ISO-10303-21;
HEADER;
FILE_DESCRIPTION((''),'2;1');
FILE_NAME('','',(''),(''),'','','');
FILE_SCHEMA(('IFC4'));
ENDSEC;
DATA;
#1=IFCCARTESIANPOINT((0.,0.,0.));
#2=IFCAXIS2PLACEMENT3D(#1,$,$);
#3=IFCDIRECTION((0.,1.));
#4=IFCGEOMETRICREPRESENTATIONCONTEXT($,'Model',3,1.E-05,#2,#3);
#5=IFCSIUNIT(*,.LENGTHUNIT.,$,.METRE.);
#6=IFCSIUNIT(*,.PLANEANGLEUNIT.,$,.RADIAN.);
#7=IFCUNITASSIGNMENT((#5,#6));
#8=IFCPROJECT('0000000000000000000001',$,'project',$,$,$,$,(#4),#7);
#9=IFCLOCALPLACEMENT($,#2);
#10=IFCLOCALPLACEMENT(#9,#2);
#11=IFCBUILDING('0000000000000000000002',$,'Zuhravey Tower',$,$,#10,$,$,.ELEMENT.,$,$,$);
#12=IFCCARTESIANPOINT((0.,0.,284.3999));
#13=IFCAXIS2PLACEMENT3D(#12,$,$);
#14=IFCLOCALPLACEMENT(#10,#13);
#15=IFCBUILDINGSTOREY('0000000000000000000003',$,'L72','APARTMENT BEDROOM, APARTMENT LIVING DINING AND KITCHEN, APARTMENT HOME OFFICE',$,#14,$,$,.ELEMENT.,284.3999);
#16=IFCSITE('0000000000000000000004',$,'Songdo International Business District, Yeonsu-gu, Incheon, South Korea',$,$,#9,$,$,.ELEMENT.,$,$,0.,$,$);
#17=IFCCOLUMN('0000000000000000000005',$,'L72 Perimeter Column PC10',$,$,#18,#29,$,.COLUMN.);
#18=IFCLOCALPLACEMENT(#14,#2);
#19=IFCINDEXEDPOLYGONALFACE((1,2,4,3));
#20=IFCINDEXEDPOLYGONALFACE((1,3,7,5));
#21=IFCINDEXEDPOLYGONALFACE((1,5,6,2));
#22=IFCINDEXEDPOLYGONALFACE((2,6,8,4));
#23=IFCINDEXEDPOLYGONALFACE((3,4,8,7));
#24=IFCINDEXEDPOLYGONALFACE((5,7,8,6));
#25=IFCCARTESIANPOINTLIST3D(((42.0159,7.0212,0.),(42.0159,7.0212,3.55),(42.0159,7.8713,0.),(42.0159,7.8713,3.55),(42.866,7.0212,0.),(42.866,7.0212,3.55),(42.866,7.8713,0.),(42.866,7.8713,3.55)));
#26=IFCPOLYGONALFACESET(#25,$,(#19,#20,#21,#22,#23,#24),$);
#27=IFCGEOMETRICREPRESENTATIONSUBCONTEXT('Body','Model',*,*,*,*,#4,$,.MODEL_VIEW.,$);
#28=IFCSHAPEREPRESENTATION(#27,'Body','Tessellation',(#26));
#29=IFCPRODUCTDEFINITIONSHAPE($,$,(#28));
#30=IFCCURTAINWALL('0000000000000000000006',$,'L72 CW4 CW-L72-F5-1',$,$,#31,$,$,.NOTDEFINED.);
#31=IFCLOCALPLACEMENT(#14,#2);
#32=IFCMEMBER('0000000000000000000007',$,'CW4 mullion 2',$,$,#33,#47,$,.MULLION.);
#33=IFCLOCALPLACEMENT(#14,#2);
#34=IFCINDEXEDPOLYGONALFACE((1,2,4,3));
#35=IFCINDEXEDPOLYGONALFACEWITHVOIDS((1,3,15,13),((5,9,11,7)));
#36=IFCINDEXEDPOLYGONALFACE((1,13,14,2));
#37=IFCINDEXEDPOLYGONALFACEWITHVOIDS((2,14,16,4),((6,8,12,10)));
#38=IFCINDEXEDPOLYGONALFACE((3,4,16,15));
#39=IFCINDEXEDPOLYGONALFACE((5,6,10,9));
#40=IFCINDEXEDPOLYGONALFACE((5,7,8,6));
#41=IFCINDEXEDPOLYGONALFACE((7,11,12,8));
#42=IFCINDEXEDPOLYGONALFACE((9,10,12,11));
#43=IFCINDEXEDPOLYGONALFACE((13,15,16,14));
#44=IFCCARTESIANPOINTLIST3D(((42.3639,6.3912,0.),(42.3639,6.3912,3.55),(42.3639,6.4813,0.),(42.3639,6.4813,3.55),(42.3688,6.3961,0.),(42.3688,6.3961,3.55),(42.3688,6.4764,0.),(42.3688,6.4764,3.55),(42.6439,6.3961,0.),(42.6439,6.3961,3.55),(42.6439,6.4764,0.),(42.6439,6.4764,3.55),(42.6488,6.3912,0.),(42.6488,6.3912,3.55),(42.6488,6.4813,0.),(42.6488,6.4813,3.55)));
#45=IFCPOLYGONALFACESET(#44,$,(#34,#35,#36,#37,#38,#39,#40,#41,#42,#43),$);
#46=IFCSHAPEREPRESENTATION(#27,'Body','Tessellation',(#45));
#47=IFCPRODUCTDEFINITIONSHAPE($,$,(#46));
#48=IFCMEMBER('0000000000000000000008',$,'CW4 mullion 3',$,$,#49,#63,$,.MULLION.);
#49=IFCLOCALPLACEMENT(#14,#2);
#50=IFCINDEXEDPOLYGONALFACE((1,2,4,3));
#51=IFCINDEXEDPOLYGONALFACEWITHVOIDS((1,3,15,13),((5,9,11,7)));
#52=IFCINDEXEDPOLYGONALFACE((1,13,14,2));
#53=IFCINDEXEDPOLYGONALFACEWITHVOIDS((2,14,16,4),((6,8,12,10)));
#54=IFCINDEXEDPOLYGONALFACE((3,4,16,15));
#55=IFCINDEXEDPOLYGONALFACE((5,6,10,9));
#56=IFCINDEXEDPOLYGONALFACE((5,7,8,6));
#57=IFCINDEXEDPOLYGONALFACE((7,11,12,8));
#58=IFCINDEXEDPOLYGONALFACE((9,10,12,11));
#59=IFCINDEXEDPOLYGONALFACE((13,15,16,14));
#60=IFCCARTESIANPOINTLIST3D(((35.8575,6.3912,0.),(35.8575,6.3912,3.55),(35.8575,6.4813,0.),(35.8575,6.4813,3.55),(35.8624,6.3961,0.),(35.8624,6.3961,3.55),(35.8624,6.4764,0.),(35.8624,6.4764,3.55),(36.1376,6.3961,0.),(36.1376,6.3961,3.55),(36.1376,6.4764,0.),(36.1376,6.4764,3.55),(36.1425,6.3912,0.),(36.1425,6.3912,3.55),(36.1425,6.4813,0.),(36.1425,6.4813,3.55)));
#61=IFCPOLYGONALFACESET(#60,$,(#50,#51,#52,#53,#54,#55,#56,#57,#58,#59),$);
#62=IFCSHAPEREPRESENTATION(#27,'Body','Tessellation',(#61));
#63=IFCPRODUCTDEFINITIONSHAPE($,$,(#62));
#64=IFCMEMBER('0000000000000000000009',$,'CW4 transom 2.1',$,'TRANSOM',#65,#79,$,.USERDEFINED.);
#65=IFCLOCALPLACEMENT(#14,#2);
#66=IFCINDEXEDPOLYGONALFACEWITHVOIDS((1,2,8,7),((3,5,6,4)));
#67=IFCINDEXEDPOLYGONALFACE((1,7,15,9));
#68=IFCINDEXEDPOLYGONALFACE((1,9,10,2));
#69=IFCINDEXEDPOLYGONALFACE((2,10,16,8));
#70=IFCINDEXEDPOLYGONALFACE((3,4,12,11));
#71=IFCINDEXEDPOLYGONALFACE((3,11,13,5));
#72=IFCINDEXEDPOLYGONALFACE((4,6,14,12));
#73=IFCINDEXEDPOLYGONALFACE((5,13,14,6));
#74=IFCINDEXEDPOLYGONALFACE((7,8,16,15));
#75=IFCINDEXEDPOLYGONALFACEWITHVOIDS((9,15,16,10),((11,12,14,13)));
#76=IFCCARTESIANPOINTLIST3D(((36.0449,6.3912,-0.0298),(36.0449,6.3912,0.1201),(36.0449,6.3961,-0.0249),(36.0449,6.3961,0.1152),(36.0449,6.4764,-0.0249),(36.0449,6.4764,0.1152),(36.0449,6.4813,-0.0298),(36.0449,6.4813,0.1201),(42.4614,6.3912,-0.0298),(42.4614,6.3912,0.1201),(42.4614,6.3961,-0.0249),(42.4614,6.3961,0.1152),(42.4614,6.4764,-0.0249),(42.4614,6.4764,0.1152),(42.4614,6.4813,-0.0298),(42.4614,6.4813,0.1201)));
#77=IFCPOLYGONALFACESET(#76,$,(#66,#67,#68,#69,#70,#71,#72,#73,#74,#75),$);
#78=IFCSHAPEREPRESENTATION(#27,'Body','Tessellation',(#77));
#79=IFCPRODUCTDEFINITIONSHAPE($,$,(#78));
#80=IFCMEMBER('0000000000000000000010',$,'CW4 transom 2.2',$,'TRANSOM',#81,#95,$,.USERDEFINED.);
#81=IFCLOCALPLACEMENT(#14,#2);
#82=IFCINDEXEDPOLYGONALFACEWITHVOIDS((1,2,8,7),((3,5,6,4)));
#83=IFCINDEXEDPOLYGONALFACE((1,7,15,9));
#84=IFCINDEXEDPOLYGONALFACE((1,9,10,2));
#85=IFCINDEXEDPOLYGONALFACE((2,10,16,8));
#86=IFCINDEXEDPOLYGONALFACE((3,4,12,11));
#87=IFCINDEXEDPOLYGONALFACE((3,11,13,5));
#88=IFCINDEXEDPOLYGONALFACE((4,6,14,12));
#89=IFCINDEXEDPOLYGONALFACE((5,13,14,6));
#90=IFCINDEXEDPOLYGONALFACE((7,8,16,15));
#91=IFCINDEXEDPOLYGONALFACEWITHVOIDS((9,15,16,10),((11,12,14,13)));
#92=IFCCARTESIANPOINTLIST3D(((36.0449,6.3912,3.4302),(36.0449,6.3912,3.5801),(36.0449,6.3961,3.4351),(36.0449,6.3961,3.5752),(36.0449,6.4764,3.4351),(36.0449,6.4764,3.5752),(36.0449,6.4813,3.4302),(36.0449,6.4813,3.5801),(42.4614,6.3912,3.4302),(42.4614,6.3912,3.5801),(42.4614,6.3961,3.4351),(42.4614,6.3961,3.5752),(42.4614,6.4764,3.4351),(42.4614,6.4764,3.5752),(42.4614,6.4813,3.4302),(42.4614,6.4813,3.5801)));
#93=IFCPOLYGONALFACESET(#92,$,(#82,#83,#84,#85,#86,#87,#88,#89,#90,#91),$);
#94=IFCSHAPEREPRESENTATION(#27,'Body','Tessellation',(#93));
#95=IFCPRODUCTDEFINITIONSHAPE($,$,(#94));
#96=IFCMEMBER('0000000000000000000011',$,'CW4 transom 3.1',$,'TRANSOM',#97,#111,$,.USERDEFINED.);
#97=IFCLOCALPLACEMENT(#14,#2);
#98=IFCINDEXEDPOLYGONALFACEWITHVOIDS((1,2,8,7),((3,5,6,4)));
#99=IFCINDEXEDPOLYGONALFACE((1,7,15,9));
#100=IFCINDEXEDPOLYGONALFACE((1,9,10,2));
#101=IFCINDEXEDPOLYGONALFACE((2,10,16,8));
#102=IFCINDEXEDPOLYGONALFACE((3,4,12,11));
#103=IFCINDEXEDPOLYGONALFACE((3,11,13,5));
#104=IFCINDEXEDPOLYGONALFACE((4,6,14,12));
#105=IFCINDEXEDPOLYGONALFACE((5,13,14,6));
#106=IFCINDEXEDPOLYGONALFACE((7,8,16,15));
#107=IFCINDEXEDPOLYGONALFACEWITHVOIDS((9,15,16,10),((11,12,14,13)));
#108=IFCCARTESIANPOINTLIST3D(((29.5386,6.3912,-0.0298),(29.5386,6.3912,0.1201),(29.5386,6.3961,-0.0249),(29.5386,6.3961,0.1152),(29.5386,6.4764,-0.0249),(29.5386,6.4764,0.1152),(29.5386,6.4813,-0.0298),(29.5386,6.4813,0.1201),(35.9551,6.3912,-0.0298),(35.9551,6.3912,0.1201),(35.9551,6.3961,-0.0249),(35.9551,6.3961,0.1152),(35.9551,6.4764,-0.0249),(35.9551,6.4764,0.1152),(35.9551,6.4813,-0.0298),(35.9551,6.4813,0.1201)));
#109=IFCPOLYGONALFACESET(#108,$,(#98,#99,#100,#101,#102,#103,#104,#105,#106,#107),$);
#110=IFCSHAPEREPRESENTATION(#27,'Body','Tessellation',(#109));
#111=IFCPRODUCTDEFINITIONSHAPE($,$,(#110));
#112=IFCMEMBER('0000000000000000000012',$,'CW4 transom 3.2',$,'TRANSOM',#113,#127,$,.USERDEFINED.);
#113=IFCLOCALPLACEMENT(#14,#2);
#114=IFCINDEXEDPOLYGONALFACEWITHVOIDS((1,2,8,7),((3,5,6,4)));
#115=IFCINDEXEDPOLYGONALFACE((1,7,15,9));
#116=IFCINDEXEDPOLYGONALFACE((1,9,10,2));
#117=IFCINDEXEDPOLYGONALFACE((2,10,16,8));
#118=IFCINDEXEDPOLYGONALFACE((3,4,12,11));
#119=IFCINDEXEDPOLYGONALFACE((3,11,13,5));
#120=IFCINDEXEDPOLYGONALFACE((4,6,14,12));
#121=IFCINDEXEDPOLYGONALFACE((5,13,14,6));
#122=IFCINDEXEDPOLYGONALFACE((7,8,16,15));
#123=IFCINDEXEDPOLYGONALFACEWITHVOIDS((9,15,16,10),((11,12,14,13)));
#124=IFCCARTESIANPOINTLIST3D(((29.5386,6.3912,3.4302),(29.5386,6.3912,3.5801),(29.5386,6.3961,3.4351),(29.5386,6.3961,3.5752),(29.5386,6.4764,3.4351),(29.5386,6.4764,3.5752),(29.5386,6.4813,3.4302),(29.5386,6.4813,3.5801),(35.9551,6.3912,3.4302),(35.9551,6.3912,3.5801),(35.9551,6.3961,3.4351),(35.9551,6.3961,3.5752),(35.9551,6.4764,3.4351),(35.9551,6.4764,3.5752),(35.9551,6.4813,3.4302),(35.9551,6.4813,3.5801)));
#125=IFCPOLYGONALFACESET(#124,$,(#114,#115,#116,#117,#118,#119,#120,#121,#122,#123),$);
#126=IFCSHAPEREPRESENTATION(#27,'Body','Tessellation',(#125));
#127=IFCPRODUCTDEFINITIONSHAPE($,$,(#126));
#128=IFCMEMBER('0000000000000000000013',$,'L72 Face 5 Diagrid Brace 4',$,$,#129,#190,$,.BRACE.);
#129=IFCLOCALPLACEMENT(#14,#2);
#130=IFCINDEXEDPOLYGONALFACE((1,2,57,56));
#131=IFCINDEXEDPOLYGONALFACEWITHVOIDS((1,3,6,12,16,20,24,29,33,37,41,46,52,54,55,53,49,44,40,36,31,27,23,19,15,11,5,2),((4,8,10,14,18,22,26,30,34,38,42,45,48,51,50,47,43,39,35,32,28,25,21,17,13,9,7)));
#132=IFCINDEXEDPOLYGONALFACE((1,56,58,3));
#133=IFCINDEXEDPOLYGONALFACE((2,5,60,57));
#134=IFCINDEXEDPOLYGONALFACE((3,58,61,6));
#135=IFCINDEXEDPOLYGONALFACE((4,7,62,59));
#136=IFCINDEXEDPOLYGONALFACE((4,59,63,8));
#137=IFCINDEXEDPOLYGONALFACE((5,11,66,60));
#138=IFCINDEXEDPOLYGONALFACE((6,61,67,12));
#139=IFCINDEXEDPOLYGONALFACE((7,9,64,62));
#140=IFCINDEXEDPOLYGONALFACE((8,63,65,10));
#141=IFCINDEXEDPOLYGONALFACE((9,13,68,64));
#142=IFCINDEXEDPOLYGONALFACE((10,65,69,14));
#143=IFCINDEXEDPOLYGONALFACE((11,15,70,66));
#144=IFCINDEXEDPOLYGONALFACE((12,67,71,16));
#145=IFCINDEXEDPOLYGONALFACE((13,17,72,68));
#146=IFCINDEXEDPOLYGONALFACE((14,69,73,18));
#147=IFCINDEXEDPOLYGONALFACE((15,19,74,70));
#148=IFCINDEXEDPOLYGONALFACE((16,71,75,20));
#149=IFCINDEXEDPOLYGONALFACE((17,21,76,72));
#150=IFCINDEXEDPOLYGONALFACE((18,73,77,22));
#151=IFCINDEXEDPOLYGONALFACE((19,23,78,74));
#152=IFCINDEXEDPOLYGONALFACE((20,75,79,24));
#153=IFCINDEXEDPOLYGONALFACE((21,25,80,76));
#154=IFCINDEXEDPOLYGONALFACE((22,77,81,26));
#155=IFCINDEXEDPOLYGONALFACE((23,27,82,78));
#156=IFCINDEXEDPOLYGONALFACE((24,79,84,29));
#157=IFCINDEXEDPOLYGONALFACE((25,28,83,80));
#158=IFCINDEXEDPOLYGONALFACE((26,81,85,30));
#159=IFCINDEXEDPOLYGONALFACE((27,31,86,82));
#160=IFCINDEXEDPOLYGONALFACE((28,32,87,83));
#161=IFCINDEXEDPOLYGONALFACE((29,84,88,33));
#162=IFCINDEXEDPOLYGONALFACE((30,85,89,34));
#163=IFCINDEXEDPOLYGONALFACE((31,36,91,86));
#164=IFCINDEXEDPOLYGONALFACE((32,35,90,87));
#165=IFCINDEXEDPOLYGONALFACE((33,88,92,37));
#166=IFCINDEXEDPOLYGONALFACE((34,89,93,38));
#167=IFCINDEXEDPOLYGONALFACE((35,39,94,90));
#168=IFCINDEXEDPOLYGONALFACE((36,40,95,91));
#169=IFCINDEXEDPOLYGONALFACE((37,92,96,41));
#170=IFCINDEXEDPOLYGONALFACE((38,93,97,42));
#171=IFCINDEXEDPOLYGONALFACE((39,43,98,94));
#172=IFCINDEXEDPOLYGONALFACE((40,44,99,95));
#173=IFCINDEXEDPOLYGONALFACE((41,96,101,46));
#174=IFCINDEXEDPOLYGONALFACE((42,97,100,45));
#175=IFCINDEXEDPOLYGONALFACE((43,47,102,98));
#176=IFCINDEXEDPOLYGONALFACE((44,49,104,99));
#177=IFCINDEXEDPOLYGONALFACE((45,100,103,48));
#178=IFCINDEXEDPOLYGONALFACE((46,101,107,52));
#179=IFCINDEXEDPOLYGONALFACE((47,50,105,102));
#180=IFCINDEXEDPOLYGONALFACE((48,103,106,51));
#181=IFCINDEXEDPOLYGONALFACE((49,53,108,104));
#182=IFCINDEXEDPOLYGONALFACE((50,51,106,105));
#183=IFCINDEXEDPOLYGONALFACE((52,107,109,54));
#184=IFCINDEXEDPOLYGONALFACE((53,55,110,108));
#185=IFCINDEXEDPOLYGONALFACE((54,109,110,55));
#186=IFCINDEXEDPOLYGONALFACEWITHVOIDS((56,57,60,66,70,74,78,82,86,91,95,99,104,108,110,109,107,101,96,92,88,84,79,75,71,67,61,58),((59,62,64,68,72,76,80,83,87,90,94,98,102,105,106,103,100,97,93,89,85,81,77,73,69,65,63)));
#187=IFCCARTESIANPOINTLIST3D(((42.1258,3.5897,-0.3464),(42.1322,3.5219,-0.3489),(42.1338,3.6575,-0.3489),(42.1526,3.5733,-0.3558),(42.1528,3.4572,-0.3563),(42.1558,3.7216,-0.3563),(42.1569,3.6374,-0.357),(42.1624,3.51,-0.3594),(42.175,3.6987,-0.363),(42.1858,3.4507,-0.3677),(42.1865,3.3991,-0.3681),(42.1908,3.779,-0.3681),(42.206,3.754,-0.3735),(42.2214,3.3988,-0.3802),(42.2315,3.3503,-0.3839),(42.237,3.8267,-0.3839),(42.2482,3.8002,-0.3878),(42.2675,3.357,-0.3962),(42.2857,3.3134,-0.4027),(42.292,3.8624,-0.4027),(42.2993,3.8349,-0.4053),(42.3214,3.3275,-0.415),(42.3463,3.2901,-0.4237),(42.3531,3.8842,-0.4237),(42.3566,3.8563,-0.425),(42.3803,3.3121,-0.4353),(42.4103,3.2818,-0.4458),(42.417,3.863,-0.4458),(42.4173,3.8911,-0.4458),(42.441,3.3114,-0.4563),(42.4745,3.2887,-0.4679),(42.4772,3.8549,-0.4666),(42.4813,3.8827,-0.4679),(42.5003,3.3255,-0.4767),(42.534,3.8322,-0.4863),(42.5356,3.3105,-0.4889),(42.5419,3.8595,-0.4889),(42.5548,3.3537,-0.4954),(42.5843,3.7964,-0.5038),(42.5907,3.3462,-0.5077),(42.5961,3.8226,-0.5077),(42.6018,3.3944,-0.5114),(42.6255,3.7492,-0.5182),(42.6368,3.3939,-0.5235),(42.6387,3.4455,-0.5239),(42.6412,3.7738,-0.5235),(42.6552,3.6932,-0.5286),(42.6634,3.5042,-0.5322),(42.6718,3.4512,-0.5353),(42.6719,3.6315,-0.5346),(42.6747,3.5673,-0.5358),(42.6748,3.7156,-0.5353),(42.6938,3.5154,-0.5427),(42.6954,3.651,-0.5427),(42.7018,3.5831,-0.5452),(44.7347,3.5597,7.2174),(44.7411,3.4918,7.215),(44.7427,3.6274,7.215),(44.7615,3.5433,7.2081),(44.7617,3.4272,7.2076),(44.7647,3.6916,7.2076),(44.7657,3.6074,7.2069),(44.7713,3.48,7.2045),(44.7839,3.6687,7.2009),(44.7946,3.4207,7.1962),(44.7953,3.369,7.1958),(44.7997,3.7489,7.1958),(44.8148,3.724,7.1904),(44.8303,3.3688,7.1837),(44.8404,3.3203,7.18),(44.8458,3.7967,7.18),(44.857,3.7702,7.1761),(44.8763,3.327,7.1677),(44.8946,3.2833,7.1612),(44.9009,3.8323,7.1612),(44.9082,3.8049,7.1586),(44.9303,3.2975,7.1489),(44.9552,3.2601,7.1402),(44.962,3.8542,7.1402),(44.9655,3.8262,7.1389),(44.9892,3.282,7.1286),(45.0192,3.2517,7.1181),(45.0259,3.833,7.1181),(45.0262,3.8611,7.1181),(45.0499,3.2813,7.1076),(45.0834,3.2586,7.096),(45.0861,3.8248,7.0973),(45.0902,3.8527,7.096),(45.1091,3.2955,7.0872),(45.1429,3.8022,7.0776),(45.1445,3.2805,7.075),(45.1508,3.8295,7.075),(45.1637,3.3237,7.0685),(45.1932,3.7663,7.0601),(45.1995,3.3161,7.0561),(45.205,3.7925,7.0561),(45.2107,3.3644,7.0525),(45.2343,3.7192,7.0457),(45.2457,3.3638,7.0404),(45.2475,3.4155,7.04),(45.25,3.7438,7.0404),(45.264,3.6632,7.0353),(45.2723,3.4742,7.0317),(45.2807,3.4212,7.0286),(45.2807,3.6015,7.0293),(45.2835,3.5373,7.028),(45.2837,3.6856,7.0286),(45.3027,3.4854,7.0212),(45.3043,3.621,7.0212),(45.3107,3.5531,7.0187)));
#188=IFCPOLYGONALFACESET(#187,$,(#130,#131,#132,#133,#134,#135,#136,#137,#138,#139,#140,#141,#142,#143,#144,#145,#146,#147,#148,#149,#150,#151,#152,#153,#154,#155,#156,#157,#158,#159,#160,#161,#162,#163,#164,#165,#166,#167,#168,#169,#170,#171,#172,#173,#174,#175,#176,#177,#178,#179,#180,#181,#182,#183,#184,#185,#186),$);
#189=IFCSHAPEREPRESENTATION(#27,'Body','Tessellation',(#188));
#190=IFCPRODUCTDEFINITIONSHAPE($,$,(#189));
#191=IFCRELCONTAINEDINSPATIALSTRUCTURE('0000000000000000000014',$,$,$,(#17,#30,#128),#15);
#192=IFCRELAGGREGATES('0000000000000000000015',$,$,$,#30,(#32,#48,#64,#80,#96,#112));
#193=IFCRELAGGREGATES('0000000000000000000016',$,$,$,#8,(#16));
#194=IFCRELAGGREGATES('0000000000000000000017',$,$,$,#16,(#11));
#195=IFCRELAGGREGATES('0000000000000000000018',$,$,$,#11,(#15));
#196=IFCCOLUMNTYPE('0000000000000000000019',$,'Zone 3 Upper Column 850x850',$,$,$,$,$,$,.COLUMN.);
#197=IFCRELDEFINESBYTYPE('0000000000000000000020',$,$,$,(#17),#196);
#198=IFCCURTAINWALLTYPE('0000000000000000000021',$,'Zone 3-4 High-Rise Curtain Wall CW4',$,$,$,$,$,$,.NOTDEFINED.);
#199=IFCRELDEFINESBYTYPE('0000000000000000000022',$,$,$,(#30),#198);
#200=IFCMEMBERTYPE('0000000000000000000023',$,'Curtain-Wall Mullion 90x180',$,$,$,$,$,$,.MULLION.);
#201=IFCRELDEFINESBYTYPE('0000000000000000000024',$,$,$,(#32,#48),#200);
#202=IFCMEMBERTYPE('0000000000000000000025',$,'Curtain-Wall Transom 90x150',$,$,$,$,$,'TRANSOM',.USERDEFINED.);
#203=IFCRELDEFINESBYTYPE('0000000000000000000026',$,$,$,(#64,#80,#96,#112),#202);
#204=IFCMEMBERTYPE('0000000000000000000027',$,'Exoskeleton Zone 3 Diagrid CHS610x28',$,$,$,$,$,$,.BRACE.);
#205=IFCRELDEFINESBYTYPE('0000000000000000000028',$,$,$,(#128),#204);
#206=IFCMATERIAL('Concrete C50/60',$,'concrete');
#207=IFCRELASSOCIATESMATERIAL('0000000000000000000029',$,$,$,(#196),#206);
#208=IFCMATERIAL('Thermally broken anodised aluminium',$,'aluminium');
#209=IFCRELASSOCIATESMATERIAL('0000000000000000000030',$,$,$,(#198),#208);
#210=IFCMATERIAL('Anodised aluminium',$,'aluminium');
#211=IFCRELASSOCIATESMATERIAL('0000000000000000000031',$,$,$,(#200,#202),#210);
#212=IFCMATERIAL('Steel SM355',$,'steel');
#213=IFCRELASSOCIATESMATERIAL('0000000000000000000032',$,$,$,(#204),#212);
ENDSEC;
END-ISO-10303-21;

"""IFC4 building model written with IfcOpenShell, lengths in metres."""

from ifc_helpers import new_model, si_unit, direction, frame, origin, origin_2d, place, context, subcontext, project, spatial, rectangle, hollow_rectangle, hollow_circle, extrude, material, material_profile, profile_set, type_object, element, aggregate, save


model = new_model("IFC4")

# Units and contexts
model_context = context("Model", 3, precision=1e-05, world=origin(), true_north=direction((0.0, 1.0)))
body_context = subcontext(model_context, "Body", "Model", "MODEL_VIEW")
ifc_project = project(units=[si_unit("LENGTHUNIT", "METRE"), si_unit("PLANEANGLEUNIT", "RADIAN")], contexts=[model_context])

# Site, building, storey
site_placement = place(None, origin())
site = spatial("IfcSite", under=ifc_project, at=site_placement, Name="Songdo International Business District, Yeonsu-gu, Incheon, South Korea", CompositionType="ELEMENT", RefElevation=0.0)
building_placement = place(site_placement, origin())
building = spatial("IfcBuilding", under=site, at=building_placement, Name="Zuhravey Tower", CompositionType="ELEMENT")
storey_placement = place(building_placement, frame((0.0, 0.0, 284.3999)))
storey = spatial("IfcBuildingStorey", under=building, at=storey_placement, Name="L72", Description="APARTMENT BEDROOM, APARTMENT LIVING DINING AND KITCHEN, APARTMENT HOME OFFICE", CompositionType="ELEMENT", Elevation=284.3999)

# Column
ifc_material_1 = material(Name="Concrete C50/60", Category="concrete")
ifc_material_profile_1 = material_profile(ifc_material_1, rectangle(XDim=0.8501, YDim=0.8501, at=origin_2d()), Name="RC-850x850")
ifc_profile_set_1 = profile_set([ifc_material_profile_1], Name="Concrete C50/60")
column_type = type_object("IfcColumnType", Name="Zone 3 Upper Column 850x850", PredefinedType="COLUMN", material=ifc_profile_set_1)
column_placement = place(storey_placement, frame((42.4409, 7.4463, 0.0), z_axis=(0.0, 0.0, 1.0), x_axis=(1.0, 0.0, 0.0)))
element("IfcColumn", 1, at=column_placement, inside=storey, type_object=column_type, Name="L72 Perimeter Column PC10", PredefinedType="COLUMN", context=body_context, shape_type="SweptSolid", body=[
    extrude(rectangle(XDim=0.8501, YDim=0.8501, at=origin_2d()), origin(), (0.0, 0.0, 1.0), 3.55),
])

# Curtain wall, members
ifc_material_2 = material(Name="Thermally broken anodised aluminium", Category="aluminium")
curtain_wall_type = type_object("IfcCurtainWallType", Name="Zone 3-4 High-Rise Curtain Wall CW4", PredefinedType="NOTDEFINED", material=ifc_material_2)
curtain_wall_placement = place(storey_placement, origin())
curtain_wall = element("IfcCurtainWall", 2, at=curtain_wall_placement, inside=storey, type_object=curtain_wall_type, Name="L72 CW4 CW-L72-F5-1", PredefinedType="NOTDEFINED")
ifc_material_3 = material(Name="Anodised aluminium", Category="aluminium")
ifc_material_profile_2 = material_profile(ifc_material_3, hollow_rectangle(XDim=0.0901, YDim=0.2849, WallThickness=0.0049, at=origin_2d()), Name="ALU-RHS-90x285x5")
ifc_profile_set_2 = profile_set([ifc_material_profile_2], Name="Anodised aluminium")
member_type_1 = type_object("IfcMemberType", Name="Curtain-Wall Mullion 90x180", PredefinedType="MULLION", material=ifc_profile_set_2)
member_1_placement = place(storey_placement, frame((42.5063, 6.4363, 0.0), z_axis=(0.0, 0.0, 1.0), x_axis=(0.0, -1.0, 0.0)))
member_1 = element("IfcMember", 3, at=member_1_placement, type_object=member_type_1, Name="CW4 mullion 2", PredefinedType="MULLION", context=body_context, shape_type="SweptSolid", body=[
    extrude(hollow_rectangle(XDim=0.0901, YDim=0.2849, WallThickness=0.0049, at=origin_2d()), origin(), (0.0, 0.0, 1.0), 3.55),
])
member_2_placement = place(storey_placement, frame((36.0, 6.4363, 0.0), z_axis=(0.0, 0.0, 1.0), x_axis=(0.0, -1.0, 0.0)))
member_2 = element("IfcMember", 4, at=member_2_placement, type_object=member_type_1, Name="CW4 mullion 3", PredefinedType="MULLION", context=body_context, shape_type="SweptSolid", body=[
    extrude(hollow_rectangle(XDim=0.0901, YDim=0.2849, WallThickness=0.0049, at=origin_2d()), origin(), (0.0, 0.0, 1.0), 3.55),
])
ifc_material_profile_3 = material_profile(ifc_material_3, hollow_rectangle(XDim=0.0901, YDim=0.1499, WallThickness=0.0049, at=origin_2d()), Name="ALU-RHS-90x150x5")
ifc_profile_set_3 = profile_set([ifc_material_profile_3], Name="Anodised aluminium")
member_type_2 = type_object("IfcMemberType", Name="Curtain-Wall Transom 90x150", ElementType="TRANSOM", PredefinedType="USERDEFINED", material=ifc_profile_set_3)
member_3_placement = place(storey_placement, frame((42.4614, 6.4363, 0.0452), z_axis=(-1.0, 0.0, 0.0), x_axis=(0.0, -1.0, 0.0)))
member_3 = element("IfcMember", 5, at=member_3_placement, type_object=member_type_2, Name="CW4 transom 2.1", ObjectType="TRANSOM", PredefinedType="USERDEFINED", context=body_context, shape_type="SweptSolid", body=[
    extrude(hollow_rectangle(XDim=0.0901, YDim=0.1499, WallThickness=0.0049, at=origin_2d()), origin(), (0.0, 0.0, 1.0), 6.4165),
])
member_4_placement = place(storey_placement, frame((42.4614, 6.4363, 3.5051), z_axis=(-1.0, 0.0, 0.0), x_axis=(0.0, -1.0, 0.0)))
member_4 = element("IfcMember", 6, at=member_4_placement, type_object=member_type_2, Name="CW4 transom 2.2", ObjectType="TRANSOM", PredefinedType="USERDEFINED", context=body_context, shape_type="SweptSolid", body=[
    extrude(hollow_rectangle(XDim=0.0901, YDim=0.1499, WallThickness=0.0049, at=origin_2d()), origin(), (0.0, 0.0, 1.0), 6.4165),
])
member_5_placement = place(storey_placement, frame((35.9551, 6.4363, 0.0452), z_axis=(-1.0, 0.0, 0.0), x_axis=(0.0, -1.0, 0.0)))
member_5 = element("IfcMember", 7, at=member_5_placement, type_object=member_type_2, Name="CW4 transom 3.1", ObjectType="TRANSOM", PredefinedType="USERDEFINED", context=body_context, shape_type="SweptSolid", body=[
    extrude(hollow_rectangle(XDim=0.0901, YDim=0.1499, WallThickness=0.0049, at=origin_2d()), origin(), (0.0, 0.0, 1.0), 6.4165),
])
member_6_placement = place(storey_placement, frame((35.9551, 6.4363, 3.5051), z_axis=(-1.0, 0.0, 0.0), x_axis=(0.0, -1.0, 0.0)))
member_6 = element("IfcMember", 8, at=member_6_placement, type_object=member_type_2, Name="CW4 transom 3.2", ObjectType="TRANSOM", PredefinedType="USERDEFINED", context=body_context, shape_type="SweptSolid", body=[
    extrude(hollow_rectangle(XDim=0.0901, YDim=0.1499, WallThickness=0.0049, at=origin_2d()), origin(), (0.0, 0.0, 1.0), 6.4165),
])

# Member
ifc_material_4 = material(Name="Steel SM355", Category="steel")
ifc_material_profile_4 = material_profile(ifc_material_4, hollow_circle(Radius=0.3047, WallThickness=0.0281, at=origin_2d()), Name="CHS-609.6x28")
ifc_profile_set_4 = profile_set([ifc_material_profile_4], Name="Steel SM355")
member_type_3 = type_object("IfcMemberType", Name="Exoskeleton Zone 3 Diagrid CHS610x28", PredefinedType="BRACE", material=ifc_profile_set_4)
member_7_placement = place(storey_placement, frame((42.4138, 3.5864, -0.4458), z_axis=(0.326058, -0.003753, 0.945342), x_axis=(0.01151, 0.999934, 0.0)))
element("IfcMember", 9, at=member_7_placement, inside=storey, type_object=member_type_3, Name="L72 Face 5 Diagrid Brace 4", PredefinedType="BRACE", context=body_context, shape_type="SweptSolid", body=[
    extrude(hollow_circle(Radius=0.3047, WallThickness=0.0281, at=origin_2d()), origin(), (0.0, 0.0, 1.0), 8.0012),
])

aggregate(curtain_wall, [member_1, member_2, member_3, member_4, member_5, member_6])

save(model, "model.ifc")
